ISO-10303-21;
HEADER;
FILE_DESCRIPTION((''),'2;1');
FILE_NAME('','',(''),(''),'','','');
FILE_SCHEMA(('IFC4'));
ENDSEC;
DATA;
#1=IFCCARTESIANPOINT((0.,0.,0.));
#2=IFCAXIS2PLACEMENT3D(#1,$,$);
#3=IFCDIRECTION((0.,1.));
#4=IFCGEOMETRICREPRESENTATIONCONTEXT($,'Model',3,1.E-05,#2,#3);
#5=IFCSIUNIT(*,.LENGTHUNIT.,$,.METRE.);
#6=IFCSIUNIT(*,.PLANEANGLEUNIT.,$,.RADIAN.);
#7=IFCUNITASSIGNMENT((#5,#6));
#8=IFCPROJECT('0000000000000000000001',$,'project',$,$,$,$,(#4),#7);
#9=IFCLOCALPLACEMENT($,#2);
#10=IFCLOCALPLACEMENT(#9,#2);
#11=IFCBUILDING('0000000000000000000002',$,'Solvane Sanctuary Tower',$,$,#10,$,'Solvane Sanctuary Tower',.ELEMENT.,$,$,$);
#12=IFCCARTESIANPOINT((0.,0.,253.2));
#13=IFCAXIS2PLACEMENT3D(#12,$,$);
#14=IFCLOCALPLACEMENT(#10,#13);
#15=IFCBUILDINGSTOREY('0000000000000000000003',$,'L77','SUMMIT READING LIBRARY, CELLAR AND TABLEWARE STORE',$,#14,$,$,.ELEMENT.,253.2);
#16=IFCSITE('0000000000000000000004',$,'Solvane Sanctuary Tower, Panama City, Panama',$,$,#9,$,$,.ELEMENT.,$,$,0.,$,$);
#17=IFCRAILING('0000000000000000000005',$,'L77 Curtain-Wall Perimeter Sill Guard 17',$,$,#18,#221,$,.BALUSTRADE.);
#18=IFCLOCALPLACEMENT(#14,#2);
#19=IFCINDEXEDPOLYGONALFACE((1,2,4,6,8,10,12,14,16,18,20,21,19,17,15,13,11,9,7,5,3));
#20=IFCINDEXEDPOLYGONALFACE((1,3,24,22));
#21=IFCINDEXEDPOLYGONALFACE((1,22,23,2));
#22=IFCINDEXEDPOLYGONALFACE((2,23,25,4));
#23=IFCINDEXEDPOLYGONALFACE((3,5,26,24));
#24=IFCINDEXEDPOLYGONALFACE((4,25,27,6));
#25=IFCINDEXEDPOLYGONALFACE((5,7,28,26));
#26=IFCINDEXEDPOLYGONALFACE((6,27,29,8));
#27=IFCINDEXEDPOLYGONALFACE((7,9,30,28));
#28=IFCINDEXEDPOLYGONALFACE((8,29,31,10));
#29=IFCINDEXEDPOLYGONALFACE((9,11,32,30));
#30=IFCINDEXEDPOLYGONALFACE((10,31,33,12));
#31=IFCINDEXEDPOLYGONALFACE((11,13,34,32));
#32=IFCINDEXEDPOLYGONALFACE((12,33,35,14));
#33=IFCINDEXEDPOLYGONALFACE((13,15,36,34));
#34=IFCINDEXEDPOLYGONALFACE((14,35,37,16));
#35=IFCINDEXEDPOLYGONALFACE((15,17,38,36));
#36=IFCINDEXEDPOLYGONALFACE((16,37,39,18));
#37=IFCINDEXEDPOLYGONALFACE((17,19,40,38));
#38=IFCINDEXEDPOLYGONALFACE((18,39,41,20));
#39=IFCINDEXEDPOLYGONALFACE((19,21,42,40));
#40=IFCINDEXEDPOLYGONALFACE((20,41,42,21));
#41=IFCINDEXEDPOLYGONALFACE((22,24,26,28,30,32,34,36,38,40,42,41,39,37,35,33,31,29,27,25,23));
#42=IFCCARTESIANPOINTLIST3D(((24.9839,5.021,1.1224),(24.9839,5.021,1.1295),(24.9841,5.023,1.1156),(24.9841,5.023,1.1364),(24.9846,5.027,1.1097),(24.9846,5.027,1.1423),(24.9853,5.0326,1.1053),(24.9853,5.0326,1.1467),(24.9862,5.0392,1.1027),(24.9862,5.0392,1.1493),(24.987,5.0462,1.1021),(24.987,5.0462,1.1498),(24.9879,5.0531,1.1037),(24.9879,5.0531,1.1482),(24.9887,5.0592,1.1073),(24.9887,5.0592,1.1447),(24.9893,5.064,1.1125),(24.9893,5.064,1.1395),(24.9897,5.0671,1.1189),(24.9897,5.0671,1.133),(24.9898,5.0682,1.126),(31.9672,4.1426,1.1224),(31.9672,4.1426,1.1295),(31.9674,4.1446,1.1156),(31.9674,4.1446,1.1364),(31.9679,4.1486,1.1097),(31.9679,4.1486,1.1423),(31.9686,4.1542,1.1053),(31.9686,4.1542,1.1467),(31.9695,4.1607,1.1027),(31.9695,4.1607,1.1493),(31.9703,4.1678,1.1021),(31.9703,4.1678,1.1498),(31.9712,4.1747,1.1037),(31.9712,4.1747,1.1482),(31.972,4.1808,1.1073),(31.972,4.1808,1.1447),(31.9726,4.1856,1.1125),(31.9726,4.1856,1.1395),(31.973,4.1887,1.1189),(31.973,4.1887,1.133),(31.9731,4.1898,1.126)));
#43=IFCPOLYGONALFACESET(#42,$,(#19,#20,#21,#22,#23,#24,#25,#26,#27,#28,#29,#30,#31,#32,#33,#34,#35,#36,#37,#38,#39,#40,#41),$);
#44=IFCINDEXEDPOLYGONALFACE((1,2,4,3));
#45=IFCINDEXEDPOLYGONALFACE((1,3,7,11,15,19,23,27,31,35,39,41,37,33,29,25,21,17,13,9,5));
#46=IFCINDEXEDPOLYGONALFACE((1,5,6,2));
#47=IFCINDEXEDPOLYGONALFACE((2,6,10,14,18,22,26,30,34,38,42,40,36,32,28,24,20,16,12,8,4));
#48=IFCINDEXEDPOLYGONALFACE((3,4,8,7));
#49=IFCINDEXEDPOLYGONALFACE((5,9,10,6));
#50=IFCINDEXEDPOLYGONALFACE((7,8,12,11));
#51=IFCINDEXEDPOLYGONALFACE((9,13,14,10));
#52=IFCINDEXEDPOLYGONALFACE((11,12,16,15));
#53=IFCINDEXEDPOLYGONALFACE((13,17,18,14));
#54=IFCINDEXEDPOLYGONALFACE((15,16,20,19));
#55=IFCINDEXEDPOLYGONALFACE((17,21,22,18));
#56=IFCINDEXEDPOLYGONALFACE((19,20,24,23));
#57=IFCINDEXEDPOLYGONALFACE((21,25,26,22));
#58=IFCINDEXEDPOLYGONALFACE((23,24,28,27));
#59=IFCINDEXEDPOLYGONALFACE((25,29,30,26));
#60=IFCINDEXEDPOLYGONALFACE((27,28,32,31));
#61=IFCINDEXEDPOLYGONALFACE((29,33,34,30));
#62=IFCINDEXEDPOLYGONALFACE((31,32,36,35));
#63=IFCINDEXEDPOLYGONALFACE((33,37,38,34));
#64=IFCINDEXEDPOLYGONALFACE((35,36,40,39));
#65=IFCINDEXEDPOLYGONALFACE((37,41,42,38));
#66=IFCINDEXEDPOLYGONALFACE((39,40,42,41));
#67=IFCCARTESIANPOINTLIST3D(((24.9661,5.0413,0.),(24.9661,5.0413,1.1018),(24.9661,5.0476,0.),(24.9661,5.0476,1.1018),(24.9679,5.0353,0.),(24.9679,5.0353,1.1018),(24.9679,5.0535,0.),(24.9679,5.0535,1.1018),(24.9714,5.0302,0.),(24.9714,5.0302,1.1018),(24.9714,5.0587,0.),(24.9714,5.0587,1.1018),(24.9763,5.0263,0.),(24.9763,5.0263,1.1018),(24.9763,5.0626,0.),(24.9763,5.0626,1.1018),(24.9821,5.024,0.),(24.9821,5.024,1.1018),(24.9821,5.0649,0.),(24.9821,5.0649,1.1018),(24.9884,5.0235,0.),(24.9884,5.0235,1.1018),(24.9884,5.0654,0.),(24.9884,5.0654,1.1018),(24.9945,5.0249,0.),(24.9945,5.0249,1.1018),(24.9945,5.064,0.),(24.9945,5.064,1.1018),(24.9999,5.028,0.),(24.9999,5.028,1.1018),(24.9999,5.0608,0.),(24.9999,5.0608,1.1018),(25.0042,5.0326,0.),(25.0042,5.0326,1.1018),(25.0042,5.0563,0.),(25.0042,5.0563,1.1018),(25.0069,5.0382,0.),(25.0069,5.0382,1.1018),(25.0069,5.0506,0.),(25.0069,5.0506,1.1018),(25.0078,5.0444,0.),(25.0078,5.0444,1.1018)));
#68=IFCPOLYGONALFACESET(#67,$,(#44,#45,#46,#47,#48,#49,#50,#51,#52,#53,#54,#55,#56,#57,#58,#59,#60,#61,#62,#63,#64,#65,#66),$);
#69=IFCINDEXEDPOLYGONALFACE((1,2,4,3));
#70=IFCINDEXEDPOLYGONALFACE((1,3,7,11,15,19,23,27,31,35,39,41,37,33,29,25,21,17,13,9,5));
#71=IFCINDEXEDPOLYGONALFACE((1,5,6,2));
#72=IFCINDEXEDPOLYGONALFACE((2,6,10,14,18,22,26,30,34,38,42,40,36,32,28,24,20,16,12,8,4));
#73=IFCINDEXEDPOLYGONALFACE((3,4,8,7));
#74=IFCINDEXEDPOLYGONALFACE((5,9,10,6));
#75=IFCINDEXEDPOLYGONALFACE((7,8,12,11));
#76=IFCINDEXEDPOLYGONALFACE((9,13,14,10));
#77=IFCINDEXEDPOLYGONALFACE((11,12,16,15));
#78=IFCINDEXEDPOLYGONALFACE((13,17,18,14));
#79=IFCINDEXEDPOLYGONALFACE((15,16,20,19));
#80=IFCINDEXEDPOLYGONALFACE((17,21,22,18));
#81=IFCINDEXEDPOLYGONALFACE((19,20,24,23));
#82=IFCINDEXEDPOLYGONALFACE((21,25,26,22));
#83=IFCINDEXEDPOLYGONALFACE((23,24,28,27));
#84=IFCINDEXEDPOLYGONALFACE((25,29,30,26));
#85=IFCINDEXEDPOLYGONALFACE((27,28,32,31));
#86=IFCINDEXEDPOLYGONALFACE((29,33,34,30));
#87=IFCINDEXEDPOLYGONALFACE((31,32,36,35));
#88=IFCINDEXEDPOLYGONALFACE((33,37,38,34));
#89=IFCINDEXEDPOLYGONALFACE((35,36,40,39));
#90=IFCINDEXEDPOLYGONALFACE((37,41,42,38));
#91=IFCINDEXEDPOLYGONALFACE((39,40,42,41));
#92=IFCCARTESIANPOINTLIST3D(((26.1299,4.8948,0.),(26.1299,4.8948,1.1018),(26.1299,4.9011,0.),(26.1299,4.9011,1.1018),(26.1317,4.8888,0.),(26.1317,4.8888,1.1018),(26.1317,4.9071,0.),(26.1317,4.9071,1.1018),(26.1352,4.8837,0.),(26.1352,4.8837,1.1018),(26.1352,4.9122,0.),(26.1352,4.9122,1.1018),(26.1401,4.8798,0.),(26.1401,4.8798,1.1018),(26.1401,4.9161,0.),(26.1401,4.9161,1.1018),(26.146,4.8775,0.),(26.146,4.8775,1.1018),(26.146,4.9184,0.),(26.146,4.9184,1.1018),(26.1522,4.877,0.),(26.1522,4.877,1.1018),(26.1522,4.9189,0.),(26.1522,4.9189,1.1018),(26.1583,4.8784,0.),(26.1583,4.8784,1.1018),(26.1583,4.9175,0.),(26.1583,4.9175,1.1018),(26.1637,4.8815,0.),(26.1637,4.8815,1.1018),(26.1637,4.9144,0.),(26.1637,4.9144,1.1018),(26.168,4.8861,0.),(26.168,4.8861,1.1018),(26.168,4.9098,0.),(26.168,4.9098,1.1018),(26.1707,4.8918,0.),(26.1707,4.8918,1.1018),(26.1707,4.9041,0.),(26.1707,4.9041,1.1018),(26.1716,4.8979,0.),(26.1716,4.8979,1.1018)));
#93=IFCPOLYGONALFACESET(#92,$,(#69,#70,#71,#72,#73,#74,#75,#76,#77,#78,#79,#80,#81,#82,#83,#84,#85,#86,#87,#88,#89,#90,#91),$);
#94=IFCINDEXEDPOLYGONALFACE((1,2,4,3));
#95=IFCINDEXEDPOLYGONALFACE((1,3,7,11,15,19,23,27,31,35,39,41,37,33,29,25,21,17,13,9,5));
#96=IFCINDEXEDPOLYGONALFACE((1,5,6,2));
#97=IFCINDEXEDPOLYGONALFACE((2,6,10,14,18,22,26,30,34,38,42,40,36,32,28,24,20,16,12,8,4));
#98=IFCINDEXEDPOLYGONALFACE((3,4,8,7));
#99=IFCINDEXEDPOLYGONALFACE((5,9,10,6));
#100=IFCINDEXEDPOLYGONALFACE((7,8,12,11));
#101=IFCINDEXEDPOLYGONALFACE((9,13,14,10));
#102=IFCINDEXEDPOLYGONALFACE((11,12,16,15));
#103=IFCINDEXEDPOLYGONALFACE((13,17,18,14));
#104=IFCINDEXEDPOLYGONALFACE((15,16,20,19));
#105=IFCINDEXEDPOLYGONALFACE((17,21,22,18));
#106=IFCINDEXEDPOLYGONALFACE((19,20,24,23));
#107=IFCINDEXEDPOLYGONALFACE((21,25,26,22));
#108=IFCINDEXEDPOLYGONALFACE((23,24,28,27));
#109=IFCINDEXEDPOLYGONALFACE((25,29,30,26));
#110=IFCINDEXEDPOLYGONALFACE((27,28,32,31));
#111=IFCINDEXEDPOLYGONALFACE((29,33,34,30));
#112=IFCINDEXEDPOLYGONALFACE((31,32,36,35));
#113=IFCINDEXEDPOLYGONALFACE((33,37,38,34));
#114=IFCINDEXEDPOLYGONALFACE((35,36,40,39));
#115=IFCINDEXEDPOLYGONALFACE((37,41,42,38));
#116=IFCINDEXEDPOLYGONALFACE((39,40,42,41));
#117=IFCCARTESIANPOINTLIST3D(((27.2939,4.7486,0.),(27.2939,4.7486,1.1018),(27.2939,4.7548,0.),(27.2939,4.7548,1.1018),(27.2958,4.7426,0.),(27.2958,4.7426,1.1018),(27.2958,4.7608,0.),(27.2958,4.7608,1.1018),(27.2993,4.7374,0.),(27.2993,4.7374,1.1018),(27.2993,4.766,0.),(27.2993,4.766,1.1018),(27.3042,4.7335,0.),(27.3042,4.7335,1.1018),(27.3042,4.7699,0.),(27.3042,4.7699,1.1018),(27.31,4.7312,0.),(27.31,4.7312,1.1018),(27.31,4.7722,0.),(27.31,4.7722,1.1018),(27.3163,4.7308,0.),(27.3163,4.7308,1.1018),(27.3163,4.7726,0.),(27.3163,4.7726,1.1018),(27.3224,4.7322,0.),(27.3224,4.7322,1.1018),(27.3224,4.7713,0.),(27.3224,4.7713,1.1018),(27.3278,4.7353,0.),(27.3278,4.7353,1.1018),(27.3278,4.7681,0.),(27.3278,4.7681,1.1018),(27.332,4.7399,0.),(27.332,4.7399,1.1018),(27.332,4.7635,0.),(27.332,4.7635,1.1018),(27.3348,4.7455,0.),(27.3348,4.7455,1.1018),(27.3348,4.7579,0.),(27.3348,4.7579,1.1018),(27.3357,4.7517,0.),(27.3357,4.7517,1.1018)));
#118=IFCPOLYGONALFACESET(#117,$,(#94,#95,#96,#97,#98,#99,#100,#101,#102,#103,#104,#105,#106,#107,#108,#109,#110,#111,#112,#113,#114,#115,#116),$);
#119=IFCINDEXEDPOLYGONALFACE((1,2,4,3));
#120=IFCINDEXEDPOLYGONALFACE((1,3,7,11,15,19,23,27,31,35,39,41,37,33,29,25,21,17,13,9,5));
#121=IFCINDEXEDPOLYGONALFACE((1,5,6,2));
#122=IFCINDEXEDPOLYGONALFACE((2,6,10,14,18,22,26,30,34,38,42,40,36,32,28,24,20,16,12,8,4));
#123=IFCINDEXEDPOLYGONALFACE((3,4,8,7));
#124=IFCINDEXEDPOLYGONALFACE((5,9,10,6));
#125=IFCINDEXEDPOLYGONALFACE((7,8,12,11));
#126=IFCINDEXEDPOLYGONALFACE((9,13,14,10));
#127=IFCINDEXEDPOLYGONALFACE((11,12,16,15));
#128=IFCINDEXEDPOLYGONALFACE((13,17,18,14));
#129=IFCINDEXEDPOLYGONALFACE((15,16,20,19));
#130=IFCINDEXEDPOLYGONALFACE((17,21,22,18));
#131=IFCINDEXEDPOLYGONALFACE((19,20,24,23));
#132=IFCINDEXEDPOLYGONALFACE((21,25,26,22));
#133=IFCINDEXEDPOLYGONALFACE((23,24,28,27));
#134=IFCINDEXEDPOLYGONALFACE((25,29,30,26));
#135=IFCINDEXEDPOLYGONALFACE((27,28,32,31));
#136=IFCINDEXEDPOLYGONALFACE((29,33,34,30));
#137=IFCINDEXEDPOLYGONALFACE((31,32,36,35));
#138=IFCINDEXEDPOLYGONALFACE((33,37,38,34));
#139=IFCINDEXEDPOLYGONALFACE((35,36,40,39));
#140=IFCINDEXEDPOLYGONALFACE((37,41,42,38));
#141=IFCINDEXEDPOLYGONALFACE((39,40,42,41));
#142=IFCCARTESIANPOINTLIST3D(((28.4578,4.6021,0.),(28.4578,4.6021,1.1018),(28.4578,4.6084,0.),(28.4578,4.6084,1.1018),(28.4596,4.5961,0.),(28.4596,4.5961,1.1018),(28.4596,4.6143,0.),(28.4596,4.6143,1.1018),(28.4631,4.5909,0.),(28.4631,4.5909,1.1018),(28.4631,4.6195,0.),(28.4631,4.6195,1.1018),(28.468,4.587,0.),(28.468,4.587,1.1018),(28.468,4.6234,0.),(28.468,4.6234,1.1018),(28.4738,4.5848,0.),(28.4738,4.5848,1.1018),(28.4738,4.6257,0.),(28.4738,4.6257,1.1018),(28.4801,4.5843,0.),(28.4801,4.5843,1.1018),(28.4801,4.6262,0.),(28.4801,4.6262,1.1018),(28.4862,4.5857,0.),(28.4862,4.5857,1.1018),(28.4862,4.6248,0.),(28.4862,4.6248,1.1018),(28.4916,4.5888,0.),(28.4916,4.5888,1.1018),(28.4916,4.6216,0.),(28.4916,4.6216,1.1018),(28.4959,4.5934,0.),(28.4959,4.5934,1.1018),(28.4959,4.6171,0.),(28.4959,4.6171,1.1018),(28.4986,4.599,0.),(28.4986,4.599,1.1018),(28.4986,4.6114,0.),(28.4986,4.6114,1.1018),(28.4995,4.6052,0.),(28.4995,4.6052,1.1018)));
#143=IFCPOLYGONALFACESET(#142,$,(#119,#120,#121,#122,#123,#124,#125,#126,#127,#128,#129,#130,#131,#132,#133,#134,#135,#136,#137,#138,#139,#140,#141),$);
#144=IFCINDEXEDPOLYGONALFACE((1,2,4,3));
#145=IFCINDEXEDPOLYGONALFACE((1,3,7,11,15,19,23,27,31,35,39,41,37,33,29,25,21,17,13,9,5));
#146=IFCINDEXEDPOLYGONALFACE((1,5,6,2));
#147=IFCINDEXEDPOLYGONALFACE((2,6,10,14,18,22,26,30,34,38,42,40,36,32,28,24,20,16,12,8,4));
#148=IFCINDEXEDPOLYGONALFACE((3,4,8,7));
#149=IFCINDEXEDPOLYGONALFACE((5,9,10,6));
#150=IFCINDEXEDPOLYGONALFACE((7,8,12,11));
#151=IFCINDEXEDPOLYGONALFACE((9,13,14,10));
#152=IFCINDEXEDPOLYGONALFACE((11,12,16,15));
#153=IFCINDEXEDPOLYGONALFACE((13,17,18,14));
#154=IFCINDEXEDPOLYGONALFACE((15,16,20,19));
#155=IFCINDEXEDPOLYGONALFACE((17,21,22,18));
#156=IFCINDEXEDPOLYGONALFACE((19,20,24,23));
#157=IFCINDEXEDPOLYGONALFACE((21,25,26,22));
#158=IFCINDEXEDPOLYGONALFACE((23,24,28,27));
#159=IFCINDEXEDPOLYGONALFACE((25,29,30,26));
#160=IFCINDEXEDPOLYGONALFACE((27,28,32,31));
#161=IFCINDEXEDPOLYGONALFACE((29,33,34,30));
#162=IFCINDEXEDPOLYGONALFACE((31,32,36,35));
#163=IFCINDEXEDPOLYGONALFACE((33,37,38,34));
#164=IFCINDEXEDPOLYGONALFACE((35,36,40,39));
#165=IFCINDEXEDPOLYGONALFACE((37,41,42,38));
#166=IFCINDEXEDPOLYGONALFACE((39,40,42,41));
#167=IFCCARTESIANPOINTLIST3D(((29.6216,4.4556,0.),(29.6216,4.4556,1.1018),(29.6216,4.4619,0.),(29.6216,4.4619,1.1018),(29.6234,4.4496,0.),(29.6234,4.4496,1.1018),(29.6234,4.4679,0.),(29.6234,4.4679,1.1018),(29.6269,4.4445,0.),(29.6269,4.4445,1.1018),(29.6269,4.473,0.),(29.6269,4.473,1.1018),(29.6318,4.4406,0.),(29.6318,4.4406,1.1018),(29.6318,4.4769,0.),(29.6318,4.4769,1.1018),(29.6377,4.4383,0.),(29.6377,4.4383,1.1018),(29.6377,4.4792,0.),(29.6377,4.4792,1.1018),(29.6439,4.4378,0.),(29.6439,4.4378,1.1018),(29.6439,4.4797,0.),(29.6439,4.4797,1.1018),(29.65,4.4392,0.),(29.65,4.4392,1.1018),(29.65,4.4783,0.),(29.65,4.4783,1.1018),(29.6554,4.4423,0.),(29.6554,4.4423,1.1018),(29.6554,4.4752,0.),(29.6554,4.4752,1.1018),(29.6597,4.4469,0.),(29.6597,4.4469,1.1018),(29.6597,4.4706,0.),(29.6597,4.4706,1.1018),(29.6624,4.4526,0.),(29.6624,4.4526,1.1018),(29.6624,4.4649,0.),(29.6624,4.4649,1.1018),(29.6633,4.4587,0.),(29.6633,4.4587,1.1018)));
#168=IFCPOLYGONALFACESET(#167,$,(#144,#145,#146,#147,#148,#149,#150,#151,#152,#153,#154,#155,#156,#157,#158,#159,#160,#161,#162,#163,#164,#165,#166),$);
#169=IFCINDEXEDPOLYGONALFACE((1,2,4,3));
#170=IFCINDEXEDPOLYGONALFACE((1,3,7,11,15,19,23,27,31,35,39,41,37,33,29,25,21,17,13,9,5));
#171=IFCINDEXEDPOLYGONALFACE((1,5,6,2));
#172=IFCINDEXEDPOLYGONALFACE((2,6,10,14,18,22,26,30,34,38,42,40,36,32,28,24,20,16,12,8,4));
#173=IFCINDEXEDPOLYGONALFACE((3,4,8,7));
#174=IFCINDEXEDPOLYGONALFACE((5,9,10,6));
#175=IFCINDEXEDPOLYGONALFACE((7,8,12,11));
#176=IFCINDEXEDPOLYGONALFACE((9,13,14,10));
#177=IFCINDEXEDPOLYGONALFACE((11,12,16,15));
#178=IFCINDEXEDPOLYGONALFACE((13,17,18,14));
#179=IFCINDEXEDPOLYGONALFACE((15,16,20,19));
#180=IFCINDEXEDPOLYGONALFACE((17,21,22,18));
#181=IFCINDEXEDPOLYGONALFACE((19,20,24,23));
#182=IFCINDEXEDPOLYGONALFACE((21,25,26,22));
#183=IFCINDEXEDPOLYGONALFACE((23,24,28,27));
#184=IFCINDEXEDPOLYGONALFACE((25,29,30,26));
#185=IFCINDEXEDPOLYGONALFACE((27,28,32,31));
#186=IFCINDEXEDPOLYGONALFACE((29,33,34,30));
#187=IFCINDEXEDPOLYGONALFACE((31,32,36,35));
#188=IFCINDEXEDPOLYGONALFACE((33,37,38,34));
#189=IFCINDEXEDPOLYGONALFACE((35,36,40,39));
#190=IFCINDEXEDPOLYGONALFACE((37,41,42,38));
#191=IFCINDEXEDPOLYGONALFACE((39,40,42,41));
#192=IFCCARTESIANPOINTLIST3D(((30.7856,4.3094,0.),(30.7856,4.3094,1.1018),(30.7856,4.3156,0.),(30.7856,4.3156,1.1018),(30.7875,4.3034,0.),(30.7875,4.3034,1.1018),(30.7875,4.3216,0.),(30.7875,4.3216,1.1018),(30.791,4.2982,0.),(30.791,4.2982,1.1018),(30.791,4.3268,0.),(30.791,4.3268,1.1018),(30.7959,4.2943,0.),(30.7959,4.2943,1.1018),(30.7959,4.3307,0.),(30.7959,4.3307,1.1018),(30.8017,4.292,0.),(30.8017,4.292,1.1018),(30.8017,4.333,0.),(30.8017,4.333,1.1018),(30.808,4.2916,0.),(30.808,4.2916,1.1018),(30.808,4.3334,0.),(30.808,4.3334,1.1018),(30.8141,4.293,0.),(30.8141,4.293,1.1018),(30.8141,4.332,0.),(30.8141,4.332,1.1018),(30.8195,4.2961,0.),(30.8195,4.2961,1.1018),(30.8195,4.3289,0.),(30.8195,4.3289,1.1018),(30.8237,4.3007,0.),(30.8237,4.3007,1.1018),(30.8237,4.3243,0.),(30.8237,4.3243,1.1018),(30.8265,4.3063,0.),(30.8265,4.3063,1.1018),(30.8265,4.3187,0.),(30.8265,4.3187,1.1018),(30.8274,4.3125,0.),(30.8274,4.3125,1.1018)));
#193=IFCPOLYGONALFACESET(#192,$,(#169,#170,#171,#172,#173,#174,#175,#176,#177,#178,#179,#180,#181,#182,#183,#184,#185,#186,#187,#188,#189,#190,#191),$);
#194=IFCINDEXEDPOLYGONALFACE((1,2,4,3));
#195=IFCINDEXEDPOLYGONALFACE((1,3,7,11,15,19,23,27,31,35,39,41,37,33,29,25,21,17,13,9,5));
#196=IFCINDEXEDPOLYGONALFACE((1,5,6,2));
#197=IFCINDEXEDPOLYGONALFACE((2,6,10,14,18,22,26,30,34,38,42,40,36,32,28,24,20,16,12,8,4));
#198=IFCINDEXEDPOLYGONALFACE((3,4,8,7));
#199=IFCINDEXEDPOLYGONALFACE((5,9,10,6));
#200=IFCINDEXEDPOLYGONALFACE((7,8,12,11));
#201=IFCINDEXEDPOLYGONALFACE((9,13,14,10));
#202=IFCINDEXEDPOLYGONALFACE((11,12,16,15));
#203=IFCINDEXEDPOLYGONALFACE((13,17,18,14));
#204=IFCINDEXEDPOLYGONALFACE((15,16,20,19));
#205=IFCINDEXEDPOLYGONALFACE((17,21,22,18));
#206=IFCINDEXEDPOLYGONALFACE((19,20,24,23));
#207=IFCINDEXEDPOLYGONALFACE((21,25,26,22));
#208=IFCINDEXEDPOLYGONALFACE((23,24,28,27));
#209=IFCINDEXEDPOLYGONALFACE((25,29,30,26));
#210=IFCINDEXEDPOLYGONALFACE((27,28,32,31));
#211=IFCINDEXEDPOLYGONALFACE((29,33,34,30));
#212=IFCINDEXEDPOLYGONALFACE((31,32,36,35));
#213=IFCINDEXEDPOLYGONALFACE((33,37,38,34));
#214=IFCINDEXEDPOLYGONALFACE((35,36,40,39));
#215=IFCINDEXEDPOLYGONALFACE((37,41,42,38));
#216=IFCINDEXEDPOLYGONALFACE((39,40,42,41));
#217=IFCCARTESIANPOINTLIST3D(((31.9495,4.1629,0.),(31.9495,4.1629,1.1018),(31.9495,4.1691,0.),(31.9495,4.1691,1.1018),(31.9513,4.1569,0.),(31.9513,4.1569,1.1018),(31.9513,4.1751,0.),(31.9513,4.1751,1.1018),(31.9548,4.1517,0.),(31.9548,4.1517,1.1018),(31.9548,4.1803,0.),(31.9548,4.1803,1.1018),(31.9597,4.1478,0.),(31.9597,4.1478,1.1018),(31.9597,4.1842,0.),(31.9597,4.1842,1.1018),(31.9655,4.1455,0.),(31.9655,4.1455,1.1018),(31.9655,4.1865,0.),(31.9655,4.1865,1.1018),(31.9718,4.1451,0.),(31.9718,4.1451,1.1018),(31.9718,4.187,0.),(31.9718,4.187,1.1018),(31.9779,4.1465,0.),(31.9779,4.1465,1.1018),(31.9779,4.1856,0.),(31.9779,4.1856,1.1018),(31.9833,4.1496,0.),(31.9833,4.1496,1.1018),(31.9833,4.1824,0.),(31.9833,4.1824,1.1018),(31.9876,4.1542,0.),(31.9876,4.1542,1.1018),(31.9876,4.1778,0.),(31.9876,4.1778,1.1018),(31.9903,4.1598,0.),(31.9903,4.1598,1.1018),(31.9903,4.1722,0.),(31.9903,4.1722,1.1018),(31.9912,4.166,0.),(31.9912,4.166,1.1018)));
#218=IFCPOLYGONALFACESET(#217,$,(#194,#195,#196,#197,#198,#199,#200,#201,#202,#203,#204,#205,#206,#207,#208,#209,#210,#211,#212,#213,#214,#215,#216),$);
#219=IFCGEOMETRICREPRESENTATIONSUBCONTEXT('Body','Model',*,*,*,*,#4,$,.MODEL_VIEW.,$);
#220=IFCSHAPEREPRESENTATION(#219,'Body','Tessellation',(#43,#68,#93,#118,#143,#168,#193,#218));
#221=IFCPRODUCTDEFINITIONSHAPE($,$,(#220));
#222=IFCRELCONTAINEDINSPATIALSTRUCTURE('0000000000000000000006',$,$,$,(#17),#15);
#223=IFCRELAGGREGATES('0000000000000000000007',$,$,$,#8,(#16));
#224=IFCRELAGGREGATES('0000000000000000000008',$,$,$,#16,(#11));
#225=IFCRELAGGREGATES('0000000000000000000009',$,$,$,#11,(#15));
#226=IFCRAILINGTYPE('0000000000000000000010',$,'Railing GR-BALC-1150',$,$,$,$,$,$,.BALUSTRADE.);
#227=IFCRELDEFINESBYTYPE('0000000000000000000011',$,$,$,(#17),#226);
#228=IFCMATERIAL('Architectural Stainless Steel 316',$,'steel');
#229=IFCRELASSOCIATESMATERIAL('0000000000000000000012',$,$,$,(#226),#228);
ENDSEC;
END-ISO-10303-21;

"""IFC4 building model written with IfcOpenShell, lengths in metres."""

from ifc_helpers import new_model, si_unit, direction, frame, origin, origin_2d, place, context, subcontext, project, spatial, circle, extrude, material, type_object, element, save


model = new_model("IFC4")

# Units and contexts
model_context = context("Model", 3, precision=1e-05, world=origin(), true_north=direction((0.0, 1.0)))
body_context = subcontext(model_context, "Body", "Model", "MODEL_VIEW")
ifc_project = project(units=[si_unit("LENGTHUNIT", "METRE"), si_unit("PLANEANGLEUNIT", "RADIAN")], contexts=[model_context])

# Site, building, storey
site_placement = place(None, origin())
site = spatial("IfcSite", under=ifc_project, at=site_placement, Name="Solvane Sanctuary Tower, Panama City, Panama", CompositionType="ELEMENT", RefElevation=0.0)
building_placement = place(site_placement, origin())
building = spatial("IfcBuilding", under=site, at=building_placement, Name="Solvane Sanctuary Tower", LongName="Solvane Sanctuary Tower", CompositionType="ELEMENT")
storey_placement = place(building_placement, frame((0.0, 0.0, 253.2)))
storey = spatial("IfcBuildingStorey", under=building, at=storey_placement, Name="L77", Description="SUMMIT READING LIBRARY, CELLAR AND TABLEWARE STORE", CompositionType="ELEMENT", Elevation=253.2)

# Railing
ifc_material_1 = material(Name="Architectural Stainless Steel 316", Category="steel")
railing_type = type_object("IfcRailingType", Name="Railing GR-BALC-1150", PredefinedType="BALUSTRADE", material=ifc_material_1)
railing_placement = place(storey_placement, frame((24.9868, 5.0444, 0.0)))
element("IfcRailing", 1, at=railing_placement, inside=storey, type_object=railing_type, Name="L77 Curtain-Wall Perimeter Sill Guard 17", PredefinedType="BALUSTRADE", context=body_context, shape_type="SweptSolid", body=[
    extrude(circle(Radius=0.0239, at=origin_2d()), frame((0.0, 0.0, 1.126), z_axis=(0.992182, -0.124803, 0.0), x_axis=(0.124803, 0.992182, 0.0)), (0.0, 0.0, 1.0), 7.0383),
    extrude(circle(Radius=0.021, at=origin_2d()), origin(), (0.0, 0.0, 1.0), 1.1018),
    extrude(circle(Radius=0.021, at=origin_2d()), frame((1.1638, -0.1465, 0.0)), (0.0, 0.0, 1.0), 1.1018),
    extrude(circle(Radius=0.021, at=origin_2d()), frame((2.3279, -0.2927, 0.0)), (0.0, 0.0, 1.0), 1.1018),
    extrude(circle(Radius=0.021, at=origin_2d()), frame((3.4917, -0.4392, 0.0)), (0.0, 0.0, 1.0), 1.1018),
    extrude(circle(Radius=0.021, at=origin_2d()), frame((4.6555, -0.5857, 0.0)), (0.0, 0.0, 1.0), 1.1018),
    extrude(circle(Radius=0.021, at=origin_2d()), frame((5.8196, -0.7319, 0.0)), (0.0, 0.0, 1.0), 1.1018),
    extrude(circle(Radius=0.021, at=origin_2d()), frame((6.9834, -0.8784, 0.0)), (0.0, 0.0, 1.0), 1.1018),
])

save(model, "model.ifc")
